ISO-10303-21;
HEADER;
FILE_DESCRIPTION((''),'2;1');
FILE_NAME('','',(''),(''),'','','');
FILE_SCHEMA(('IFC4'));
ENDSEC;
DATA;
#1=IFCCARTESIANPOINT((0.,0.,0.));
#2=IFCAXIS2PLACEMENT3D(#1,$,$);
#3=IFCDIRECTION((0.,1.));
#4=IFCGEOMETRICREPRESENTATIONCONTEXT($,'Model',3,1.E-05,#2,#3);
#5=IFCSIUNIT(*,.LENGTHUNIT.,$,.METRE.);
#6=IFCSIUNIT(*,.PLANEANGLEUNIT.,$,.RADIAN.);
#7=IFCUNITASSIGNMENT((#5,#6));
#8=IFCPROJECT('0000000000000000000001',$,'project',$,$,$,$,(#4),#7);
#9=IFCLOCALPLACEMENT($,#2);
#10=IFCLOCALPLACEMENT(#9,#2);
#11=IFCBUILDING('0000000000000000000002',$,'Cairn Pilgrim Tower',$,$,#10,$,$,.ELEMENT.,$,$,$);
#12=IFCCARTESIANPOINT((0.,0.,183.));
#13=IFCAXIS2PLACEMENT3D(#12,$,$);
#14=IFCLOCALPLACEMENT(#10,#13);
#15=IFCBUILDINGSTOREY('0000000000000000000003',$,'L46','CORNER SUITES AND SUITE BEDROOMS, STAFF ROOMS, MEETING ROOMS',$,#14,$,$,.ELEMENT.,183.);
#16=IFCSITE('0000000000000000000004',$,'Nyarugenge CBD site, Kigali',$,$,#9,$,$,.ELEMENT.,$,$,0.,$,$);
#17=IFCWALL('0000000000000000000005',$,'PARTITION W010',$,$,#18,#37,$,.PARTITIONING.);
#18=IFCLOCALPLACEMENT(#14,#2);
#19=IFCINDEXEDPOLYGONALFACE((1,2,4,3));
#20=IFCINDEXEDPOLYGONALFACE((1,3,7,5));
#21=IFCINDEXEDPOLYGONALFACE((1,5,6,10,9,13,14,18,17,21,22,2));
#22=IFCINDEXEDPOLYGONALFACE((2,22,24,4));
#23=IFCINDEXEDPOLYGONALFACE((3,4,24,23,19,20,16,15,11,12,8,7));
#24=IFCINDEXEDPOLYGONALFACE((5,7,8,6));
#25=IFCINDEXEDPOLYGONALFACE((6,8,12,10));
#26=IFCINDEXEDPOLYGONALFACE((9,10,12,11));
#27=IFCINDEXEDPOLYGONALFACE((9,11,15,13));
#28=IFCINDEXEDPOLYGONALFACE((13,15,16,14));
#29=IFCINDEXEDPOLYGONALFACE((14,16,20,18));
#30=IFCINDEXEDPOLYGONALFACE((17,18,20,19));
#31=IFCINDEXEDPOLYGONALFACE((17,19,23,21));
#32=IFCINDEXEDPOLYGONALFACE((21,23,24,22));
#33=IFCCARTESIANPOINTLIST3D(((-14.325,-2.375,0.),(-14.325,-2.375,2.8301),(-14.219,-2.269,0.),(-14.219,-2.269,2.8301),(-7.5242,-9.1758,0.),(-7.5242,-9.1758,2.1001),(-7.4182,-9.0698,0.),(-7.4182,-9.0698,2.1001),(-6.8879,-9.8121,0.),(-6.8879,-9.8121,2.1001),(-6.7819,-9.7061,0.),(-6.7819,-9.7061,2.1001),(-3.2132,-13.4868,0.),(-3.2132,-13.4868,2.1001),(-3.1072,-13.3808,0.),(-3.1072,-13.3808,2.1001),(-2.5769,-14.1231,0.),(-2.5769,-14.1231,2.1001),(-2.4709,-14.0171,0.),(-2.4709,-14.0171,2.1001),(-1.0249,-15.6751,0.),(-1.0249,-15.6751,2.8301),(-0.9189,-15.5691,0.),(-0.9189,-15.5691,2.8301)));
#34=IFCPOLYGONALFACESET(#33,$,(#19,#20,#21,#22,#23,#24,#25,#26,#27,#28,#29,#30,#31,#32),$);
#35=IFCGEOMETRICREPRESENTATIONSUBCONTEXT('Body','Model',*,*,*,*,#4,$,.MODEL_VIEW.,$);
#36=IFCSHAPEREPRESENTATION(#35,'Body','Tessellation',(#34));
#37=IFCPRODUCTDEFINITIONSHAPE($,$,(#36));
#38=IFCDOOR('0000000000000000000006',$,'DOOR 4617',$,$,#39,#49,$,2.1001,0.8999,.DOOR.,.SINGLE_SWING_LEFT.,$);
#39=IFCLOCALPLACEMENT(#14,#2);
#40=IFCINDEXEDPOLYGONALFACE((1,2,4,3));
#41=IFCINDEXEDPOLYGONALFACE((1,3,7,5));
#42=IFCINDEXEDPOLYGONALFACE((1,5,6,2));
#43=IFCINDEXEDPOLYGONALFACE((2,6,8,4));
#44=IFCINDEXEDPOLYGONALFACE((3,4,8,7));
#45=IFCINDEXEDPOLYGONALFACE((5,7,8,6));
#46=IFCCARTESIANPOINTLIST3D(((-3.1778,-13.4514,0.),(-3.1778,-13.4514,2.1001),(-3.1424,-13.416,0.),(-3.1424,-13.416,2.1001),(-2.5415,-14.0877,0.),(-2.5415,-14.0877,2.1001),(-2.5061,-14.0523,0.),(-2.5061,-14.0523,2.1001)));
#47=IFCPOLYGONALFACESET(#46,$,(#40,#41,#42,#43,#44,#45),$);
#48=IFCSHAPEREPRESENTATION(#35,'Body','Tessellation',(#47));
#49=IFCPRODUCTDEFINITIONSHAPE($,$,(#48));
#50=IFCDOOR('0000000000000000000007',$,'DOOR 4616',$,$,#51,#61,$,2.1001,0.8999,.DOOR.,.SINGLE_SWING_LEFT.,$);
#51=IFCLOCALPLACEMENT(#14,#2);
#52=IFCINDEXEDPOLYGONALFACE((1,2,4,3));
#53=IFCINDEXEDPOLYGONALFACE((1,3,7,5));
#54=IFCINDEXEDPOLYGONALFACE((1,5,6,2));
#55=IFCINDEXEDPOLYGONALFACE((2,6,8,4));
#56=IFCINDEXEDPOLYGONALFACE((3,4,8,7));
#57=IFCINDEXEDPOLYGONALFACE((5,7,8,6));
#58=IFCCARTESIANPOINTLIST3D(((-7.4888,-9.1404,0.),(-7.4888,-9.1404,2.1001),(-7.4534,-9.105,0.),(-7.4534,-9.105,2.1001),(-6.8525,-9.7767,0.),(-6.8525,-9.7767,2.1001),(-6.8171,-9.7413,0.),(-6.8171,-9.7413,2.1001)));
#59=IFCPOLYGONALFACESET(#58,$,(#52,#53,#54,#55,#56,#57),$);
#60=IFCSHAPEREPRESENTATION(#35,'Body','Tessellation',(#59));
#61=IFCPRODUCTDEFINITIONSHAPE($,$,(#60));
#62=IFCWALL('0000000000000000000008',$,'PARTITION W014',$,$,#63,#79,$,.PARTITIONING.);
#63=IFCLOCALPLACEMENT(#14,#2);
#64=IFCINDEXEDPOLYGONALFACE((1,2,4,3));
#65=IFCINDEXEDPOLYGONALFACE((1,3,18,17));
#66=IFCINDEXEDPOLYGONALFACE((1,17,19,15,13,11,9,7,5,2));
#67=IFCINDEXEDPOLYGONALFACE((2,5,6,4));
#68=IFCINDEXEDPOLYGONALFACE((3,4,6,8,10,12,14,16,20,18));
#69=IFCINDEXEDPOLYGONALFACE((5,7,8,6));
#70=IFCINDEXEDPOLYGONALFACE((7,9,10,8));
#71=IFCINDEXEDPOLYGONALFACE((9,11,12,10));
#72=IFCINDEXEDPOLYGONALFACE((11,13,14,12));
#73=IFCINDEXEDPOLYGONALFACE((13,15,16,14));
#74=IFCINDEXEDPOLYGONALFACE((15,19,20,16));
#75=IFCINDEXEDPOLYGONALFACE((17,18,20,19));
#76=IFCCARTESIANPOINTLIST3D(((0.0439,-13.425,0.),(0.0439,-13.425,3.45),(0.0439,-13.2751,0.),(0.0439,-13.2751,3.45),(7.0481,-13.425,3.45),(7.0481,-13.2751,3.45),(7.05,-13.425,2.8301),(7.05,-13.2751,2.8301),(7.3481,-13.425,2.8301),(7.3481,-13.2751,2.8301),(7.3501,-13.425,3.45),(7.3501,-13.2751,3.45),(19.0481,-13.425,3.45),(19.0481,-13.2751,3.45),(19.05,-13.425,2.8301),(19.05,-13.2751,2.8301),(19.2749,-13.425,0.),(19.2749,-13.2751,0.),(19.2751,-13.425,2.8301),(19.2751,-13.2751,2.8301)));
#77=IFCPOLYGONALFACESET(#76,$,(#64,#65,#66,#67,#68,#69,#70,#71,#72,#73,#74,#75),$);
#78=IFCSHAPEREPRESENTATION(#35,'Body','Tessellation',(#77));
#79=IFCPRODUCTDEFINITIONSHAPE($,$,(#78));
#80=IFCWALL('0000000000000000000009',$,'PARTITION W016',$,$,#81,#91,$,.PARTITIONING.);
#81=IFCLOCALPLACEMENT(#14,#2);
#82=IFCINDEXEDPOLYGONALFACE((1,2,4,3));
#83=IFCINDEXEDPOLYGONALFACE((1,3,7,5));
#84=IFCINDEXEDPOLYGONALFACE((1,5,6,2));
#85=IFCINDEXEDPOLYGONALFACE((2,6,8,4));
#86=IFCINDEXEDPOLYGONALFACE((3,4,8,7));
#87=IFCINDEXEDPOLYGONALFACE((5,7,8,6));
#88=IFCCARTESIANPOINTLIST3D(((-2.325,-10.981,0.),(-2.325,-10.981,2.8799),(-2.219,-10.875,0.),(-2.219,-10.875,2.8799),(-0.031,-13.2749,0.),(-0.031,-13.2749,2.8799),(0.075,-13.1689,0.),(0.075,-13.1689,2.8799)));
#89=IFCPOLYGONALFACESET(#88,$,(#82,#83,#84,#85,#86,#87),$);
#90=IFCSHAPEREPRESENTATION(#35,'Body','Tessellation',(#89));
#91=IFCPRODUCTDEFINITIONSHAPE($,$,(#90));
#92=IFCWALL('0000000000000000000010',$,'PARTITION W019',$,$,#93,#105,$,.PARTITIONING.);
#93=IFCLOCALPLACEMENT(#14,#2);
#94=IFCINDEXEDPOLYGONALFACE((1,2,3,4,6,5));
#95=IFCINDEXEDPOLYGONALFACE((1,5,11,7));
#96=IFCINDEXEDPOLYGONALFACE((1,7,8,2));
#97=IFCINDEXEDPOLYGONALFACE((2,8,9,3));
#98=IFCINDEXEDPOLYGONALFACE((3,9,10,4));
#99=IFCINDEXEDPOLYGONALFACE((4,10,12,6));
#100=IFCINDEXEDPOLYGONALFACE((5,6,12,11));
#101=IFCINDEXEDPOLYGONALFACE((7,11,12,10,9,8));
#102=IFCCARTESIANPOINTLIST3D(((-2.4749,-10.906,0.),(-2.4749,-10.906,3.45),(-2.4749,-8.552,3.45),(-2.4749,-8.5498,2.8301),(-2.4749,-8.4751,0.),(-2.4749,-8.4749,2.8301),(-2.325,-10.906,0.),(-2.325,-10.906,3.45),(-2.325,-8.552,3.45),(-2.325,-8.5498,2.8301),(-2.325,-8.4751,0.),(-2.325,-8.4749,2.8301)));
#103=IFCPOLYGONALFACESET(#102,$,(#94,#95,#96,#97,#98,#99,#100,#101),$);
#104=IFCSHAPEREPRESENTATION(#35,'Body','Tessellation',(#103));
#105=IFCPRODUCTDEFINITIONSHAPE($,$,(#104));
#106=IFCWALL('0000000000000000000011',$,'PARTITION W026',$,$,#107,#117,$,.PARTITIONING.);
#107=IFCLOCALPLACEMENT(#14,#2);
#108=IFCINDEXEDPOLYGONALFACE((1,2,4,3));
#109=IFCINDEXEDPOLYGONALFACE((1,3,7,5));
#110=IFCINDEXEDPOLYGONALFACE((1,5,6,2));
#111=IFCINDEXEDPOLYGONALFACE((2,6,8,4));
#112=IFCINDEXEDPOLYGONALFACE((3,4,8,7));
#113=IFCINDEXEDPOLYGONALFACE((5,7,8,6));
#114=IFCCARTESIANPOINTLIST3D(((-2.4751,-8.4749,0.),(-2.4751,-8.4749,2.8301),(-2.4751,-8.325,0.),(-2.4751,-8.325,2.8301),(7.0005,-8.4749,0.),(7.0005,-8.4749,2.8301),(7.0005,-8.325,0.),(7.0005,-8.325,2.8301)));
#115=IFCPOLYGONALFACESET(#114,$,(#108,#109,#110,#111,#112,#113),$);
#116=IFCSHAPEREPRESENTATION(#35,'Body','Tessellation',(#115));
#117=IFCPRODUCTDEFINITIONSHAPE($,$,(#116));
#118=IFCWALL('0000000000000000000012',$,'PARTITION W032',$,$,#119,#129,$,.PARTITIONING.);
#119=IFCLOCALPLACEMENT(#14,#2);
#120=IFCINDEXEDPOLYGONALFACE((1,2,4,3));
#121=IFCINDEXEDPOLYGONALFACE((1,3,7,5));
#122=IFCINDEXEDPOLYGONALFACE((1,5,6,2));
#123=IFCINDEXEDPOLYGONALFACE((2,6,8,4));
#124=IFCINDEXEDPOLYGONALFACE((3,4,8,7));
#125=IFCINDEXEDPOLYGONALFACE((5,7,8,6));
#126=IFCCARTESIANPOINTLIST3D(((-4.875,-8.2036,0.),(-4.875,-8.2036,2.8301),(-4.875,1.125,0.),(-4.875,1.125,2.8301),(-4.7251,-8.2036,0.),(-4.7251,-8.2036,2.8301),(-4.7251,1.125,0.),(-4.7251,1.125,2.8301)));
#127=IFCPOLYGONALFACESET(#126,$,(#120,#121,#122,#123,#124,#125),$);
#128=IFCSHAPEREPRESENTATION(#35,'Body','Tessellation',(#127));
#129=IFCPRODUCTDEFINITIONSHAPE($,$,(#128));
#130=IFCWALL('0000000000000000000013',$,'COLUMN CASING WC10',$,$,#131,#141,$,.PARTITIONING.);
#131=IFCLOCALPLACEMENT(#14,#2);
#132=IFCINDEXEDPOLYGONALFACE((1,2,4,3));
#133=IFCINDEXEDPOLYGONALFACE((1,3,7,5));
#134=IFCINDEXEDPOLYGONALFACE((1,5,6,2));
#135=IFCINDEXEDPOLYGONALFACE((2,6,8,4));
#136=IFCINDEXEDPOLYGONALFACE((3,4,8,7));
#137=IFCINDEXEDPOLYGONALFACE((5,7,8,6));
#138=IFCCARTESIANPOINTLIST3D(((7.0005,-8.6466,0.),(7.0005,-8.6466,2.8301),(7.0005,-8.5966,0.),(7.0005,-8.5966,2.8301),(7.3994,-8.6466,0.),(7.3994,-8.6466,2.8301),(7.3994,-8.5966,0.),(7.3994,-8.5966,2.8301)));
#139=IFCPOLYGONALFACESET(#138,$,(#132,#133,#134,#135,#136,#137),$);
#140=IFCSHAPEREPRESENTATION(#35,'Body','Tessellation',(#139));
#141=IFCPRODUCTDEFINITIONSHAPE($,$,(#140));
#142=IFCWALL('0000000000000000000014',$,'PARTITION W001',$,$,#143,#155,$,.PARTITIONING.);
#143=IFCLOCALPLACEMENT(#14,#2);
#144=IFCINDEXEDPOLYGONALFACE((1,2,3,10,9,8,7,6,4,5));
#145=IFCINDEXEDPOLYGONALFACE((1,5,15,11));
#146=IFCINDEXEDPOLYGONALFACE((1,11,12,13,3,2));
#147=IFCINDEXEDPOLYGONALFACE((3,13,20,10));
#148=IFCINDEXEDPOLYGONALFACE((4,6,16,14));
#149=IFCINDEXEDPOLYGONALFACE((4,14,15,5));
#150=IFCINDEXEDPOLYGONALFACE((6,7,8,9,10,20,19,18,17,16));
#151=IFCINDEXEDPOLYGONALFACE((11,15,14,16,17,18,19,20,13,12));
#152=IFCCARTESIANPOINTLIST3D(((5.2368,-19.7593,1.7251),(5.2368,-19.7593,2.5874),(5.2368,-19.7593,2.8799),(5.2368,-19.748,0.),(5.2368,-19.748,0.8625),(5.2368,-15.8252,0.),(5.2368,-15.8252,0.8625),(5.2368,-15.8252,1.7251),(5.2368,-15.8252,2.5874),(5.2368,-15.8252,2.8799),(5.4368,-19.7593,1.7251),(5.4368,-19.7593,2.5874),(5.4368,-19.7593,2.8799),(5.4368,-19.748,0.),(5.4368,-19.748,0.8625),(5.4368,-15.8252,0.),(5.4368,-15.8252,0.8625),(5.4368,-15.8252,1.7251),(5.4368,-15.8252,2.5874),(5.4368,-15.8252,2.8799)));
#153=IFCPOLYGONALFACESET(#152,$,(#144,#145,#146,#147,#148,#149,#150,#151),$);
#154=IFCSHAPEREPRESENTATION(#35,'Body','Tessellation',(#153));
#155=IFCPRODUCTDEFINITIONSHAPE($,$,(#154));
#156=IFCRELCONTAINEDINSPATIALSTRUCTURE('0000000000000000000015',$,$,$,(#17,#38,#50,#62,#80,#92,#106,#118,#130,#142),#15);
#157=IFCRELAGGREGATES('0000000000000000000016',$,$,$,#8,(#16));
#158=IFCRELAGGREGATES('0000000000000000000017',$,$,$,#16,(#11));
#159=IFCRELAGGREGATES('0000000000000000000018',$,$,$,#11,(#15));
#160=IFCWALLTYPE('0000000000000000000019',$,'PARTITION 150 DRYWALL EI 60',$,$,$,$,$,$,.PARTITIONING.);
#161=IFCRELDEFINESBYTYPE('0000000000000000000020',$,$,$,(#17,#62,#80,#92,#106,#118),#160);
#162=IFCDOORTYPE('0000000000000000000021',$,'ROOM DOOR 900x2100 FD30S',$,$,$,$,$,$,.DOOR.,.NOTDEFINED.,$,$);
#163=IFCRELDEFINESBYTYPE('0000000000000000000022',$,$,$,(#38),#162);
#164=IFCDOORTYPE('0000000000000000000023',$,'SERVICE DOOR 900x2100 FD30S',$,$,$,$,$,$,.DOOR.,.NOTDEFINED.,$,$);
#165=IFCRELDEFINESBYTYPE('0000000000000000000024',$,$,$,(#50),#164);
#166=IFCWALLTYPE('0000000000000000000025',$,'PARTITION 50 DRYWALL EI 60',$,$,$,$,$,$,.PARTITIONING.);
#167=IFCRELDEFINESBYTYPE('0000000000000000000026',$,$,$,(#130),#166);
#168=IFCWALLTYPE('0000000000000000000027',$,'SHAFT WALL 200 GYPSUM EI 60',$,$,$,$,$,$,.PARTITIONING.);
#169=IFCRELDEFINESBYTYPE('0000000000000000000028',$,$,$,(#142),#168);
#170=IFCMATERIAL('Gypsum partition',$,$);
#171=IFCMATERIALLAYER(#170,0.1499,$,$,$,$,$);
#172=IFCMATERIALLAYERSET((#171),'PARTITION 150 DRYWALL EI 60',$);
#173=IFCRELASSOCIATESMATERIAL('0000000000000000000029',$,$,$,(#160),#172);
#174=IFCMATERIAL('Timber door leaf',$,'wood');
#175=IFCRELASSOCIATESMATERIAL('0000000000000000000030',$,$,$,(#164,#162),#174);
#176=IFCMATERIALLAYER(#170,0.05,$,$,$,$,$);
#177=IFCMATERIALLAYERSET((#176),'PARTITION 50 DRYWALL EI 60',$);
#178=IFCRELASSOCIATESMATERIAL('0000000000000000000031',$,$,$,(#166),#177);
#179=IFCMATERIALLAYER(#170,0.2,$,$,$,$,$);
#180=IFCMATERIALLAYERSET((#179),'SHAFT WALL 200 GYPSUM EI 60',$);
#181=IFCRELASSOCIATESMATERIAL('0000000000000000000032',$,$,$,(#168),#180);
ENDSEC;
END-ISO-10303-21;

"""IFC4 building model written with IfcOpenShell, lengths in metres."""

from ifc_helpers import new_model, si_unit, direction, frame, frame_2d, origin, place, context, subcontext, project, spatial, polyline, rectangle, outline, extrude, material, layer, layer_set, type_object, element, fill, save


model = new_model("IFC4")

# Units and contexts
model_context = context("Model", 3, precision=1e-05, world=origin(), true_north=direction((0.0, 1.0)))
body_context = subcontext(model_context, "Body", "Model", "MODEL_VIEW")
ifc_project = project(units=[si_unit("LENGTHUNIT", "METRE"), si_unit("PLANEANGLEUNIT", "RADIAN")], contexts=[model_context])

# Site, building, storey
site_placement = place(None, origin())
site = spatial("IfcSite", under=ifc_project, at=site_placement, Name="Nyarugenge CBD site, Kigali", CompositionType="ELEMENT", RefElevation=0.0)
building_placement = place(site_placement, origin())
building = spatial("IfcBuilding", under=site, at=building_placement, Name="Cairn Pilgrim Tower", CompositionType="ELEMENT")
storey_placement = place(building_placement, frame((0.0, 0.0, 183.0)))
storey = spatial("IfcBuildingStorey", under=building, at=storey_placement, Name="L46", Description="CORNER SUITES AND SUITE BEDROOMS, STAFF ROOMS, MEETING ROOMS", CompositionType="ELEMENT", Elevation=183.0)

# Shared definitions
ifc_material_1 = material(Name="Gypsum partition")
ifc_material_2 = material(Name="Timber door leaf", Category="wood")

# Shared definitions
ifc_layer_1 = layer(ifc_material_1, 0.1499)
ifc_layer_set_1 = layer_set([ifc_layer_1], Name="PARTITION 150 DRYWALL EI 60")
wall_type_1 = type_object("IfcWallType", Name="PARTITION 150 DRYWALL EI 60", PredefinedType="PARTITIONING", material=ifc_layer_set_1)
door_type_1 = type_object("IfcDoorType", Name="SERVICE DOOR 900x2100 FD30S", OperationType="NOTDEFINED", PredefinedType="DOOR", material=ifc_material_2)

# Wall, openings, doors
wall_1_placement = place(storey_placement, frame((-0.9719, -15.6221, 0.0), z_axis=(0.0, 0.0, 1.0), x_axis=(-0.707107, 0.707107, 0.0)))
wall_1 = element("IfcWall", 1, at=wall_1_placement, inside=storey, type_object=wall_type_1, Name="PARTITION W010", PredefinedType="PARTITIONING", context=body_context, shape_type="SweptSolid", body=[
    extrude(rectangle(XDim=18.8091, YDim=0.1499, at=frame_2d((9.4045, 0.0))), origin(), (0.0, 0.0, 1.0), 2.8301),
])
opening_1_placement = place(wall_1_placement, frame((8.2915, 0.0, 0.0)))
opening_1 = element("IfcOpeningElement", 2, at=opening_1_placement, cuts=wall_1, PredefinedType="OPENING", context=body_context, shape_type="SweptSolid", body=[
    extrude(rectangle(XDim=0.8999, YDim=2.1001, at=frame_2d((0.45, 1.05))), frame((0.0, 0.085, 0.0), z_axis=(0.0, -1.0, 0.0), x_axis=(1.0, 0.0, 0.0)), (0.0, 0.0, 1.0), 0.1699),
])
opening_2_placement = place(wall_1_placement, frame((2.1948, 0.0, 0.0)))
opening_2 = element("IfcOpeningElement", 3, at=opening_2_placement, cuts=wall_1, PredefinedType="OPENING", context=body_context, shape_type="SweptSolid", body=[
    extrude(rectangle(XDim=0.8999, YDim=2.1001, at=frame_2d((0.45, 1.05))), frame((0.0, 0.085, 0.0), z_axis=(0.0, -1.0, 0.0), x_axis=(1.0, 0.0, 0.0)), (0.0, 0.0, 1.0), 0.1699),
])
door_type_2 = type_object("IfcDoorType", Name="ROOM DOOR 900x2100 FD30S", OperationType="NOTDEFINED", PredefinedType="DOOR", material=ifc_material_2)
door_1_placement = place(opening_2_placement, origin())
door_1 = element("IfcDoor", 4, at=door_1_placement, inside=storey, type_object=door_type_2, Name="DOOR 4617", OperationType="SINGLE_SWING_LEFT", OverallHeight=2.1001, OverallWidth=0.8999, PredefinedType="DOOR", context=body_context, shape_type="SweptSolid", body=[
    extrude(rectangle(XDim=0.8999, YDim=2.1001, at=frame_2d((0.45, 1.05))), frame((0.0, 0.0249, 0.0), z_axis=(0.0, -1.0, 0.0), x_axis=(1.0, 0.0, 0.0)), (0.0, 0.0, 1.0), 0.05),
])
fill(opening_2, door_1)
door_2_placement = place(opening_1_placement, origin())
door_2 = element("IfcDoor", 5, at=door_2_placement, inside=storey, type_object=door_type_1, Name="DOOR 4616", OperationType="SINGLE_SWING_LEFT", OverallHeight=2.1001, OverallWidth=0.8999, PredefinedType="DOOR", context=body_context, shape_type="SweptSolid", body=[
    extrude(rectangle(XDim=0.8999, YDim=2.1001, at=frame_2d((0.45, 1.05))), frame((0.0, 0.0249, 0.0), z_axis=(0.0, -1.0, 0.0), x_axis=(1.0, 0.0, 0.0)), (0.0, 0.0, 1.0), 0.05),
])
fill(opening_1, door_2)

# Walls
wall_2_placement = place(storey_placement, frame((0.0439, -13.3501, 0.0), z_axis=(0.0, 0.0, 1.0), x_axis=(1.0, 0.0, 0.0)))
element("IfcWall", 6, at=wall_2_placement, inside=storey, type_object=wall_type_1, Name="PARTITION W014", PredefinedType="PARTITIONING", context=body_context, shape_type="SweptSolid", body=[
    extrude(outline(polyline([(0.0, 0.0), (19.231, 0.0), (19.2312, 2.8301), (19.0061, 2.8301), (19.0042, 3.45), (7.3062, 3.45), (7.3042, 2.8301), (7.0061, 2.8301), (7.0042, 3.45), (0.0, 3.45), (0.0, 0.0)])), frame((0.0, 0.075, 0.0), z_axis=(0.0, -1.0, 0.0), x_axis=(1.0, 0.0, 0.0)), (0.0, 0.0, 1.0), 0.1499),
])
wall_3_placement = place(storey_placement, frame((0.022, -13.2219, 0.0), z_axis=(0.0, 0.0, 1.0), x_axis=(-0.707107, 0.707107, 0.0)))
element("IfcWall", 7, at=wall_3_placement, inside=storey, type_object=wall_type_1, Name="PARTITION W016", PredefinedType="PARTITIONING", context=body_context, shape_type="SweptSolid", body=[
    extrude(rectangle(XDim=3.2441, YDim=0.1499, at=frame_2d((1.6221, 0.0))), origin(), (0.0, 0.0, 1.0), 2.8799),
])
wall_4_placement = place(storey_placement, frame((-2.3999, -10.906, 0.0), z_axis=(0.0, 0.0, 1.0), x_axis=(0.0, 1.0, 0.0)))
element("IfcWall", 8, at=wall_4_placement, inside=storey, type_object=wall_type_1, Name="PARTITION W019", PredefinedType="PARTITIONING", context=body_context, shape_type="SweptSolid", body=[
    extrude(outline(polyline([(0.0, 0.0), (2.4309, 0.0), (2.4312, 2.8301), (2.3562, 2.8301), (2.354, 3.45), (0.0, 3.45), (0.0, 0.0)])), frame((0.0, 0.075, 0.0), z_axis=(0.0, -1.0, 0.0), x_axis=(1.0, 0.0, 0.0)), (0.0, 0.0, 1.0), 0.1499),
])
wall_5_placement = place(storey_placement, frame((-2.4751, -8.3999, 0.0), z_axis=(0.0, 0.0, 1.0), x_axis=(1.0, 0.0, 0.0)))
element("IfcWall", 9, at=wall_5_placement, inside=storey, type_object=wall_type_1, Name="PARTITION W026", PredefinedType="PARTITIONING", context=body_context, shape_type="SweptSolid", body=[
    extrude(rectangle(XDim=9.4756, YDim=0.1499, at=frame_2d((4.7378, 0.0))), origin(), (0.0, 0.0, 1.0), 2.8301),
])
wall_6_placement = place(storey_placement, frame((-4.8, -8.2036, 0.0), z_axis=(0.0, 0.0, 1.0), x_axis=(0.0, 1.0, 0.0)))
element("IfcWall", 10, at=wall_6_placement, inside=storey, type_object=wall_type_1, Name="PARTITION W032", PredefinedType="PARTITIONING", context=body_context, shape_type="SweptSolid", body=[
    extrude(rectangle(XDim=9.3286, YDim=0.1499, at=frame_2d((4.6643, 0.0))), origin(), (0.0, 0.0, 1.0), 2.8301),
])
ifc_layer_2 = layer(ifc_material_1, 0.05)
ifc_layer_set_2 = layer_set([ifc_layer_2], Name="PARTITION 50 DRYWALL EI 60")
wall_type_2 = type_object("IfcWallType", Name="PARTITION 50 DRYWALL EI 60", PredefinedType="PARTITIONING", material=ifc_layer_set_2)
wall_7_placement = place(storey_placement, frame((7.0005, -8.6216, 0.0), z_axis=(0.0, 0.0, 1.0), x_axis=(1.0, 0.0, 0.0)))
element("IfcWall", 11, at=wall_7_placement, inside=storey, type_object=wall_type_2, Name="COLUMN CASING WC10", PredefinedType="PARTITIONING", context=body_context, shape_type="SweptSolid", body=[
    extrude(rectangle(XDim=0.3989, YDim=0.05, at=frame_2d((0.1995, 0.0))), origin(), (0.0, 0.0, 1.0), 2.8301),
])
ifc_layer_3 = layer(ifc_material_1, 0.2)
ifc_layer_set_3 = layer_set([ifc_layer_3], Name="SHAFT WALL 200 GYPSUM EI 60")
wall_type_3 = type_object("IfcWallType", Name="SHAFT WALL 200 GYPSUM EI 60", PredefinedType="PARTITIONING", material=ifc_layer_set_3)
wall_8_placement = place(storey_placement, frame((5.3369, -19.7593, 0.0), z_axis=(0.0, 0.0, 1.0), x_axis=(0.0, 1.0, 0.0)))
element("IfcWall", 12, at=wall_8_placement, inside=storey, type_object=wall_type_3, Name="PARTITION W001", PredefinedType="PARTITIONING", context=body_context, shape_type="SweptSolid", body=[
    extrude(outline(polyline([(0.0112, 0.0), (3.9341, 0.0), (3.9341, 0.8625), (3.9341, 1.7251), (3.9341, 2.5874), (3.9341, 2.8799), (0.0, 2.8799), (0.0, 2.5874), (0.0, 1.7251), (0.0112, 0.8625), (0.0112, 0.0)])), frame((0.0, 0.1001, 0.0), z_axis=(0.0, -1.0, 0.0), x_axis=(1.0, 0.0, 0.0)), (0.0, 0.0, 1.0), 0.2),
])

save(model, "model.ifc")
